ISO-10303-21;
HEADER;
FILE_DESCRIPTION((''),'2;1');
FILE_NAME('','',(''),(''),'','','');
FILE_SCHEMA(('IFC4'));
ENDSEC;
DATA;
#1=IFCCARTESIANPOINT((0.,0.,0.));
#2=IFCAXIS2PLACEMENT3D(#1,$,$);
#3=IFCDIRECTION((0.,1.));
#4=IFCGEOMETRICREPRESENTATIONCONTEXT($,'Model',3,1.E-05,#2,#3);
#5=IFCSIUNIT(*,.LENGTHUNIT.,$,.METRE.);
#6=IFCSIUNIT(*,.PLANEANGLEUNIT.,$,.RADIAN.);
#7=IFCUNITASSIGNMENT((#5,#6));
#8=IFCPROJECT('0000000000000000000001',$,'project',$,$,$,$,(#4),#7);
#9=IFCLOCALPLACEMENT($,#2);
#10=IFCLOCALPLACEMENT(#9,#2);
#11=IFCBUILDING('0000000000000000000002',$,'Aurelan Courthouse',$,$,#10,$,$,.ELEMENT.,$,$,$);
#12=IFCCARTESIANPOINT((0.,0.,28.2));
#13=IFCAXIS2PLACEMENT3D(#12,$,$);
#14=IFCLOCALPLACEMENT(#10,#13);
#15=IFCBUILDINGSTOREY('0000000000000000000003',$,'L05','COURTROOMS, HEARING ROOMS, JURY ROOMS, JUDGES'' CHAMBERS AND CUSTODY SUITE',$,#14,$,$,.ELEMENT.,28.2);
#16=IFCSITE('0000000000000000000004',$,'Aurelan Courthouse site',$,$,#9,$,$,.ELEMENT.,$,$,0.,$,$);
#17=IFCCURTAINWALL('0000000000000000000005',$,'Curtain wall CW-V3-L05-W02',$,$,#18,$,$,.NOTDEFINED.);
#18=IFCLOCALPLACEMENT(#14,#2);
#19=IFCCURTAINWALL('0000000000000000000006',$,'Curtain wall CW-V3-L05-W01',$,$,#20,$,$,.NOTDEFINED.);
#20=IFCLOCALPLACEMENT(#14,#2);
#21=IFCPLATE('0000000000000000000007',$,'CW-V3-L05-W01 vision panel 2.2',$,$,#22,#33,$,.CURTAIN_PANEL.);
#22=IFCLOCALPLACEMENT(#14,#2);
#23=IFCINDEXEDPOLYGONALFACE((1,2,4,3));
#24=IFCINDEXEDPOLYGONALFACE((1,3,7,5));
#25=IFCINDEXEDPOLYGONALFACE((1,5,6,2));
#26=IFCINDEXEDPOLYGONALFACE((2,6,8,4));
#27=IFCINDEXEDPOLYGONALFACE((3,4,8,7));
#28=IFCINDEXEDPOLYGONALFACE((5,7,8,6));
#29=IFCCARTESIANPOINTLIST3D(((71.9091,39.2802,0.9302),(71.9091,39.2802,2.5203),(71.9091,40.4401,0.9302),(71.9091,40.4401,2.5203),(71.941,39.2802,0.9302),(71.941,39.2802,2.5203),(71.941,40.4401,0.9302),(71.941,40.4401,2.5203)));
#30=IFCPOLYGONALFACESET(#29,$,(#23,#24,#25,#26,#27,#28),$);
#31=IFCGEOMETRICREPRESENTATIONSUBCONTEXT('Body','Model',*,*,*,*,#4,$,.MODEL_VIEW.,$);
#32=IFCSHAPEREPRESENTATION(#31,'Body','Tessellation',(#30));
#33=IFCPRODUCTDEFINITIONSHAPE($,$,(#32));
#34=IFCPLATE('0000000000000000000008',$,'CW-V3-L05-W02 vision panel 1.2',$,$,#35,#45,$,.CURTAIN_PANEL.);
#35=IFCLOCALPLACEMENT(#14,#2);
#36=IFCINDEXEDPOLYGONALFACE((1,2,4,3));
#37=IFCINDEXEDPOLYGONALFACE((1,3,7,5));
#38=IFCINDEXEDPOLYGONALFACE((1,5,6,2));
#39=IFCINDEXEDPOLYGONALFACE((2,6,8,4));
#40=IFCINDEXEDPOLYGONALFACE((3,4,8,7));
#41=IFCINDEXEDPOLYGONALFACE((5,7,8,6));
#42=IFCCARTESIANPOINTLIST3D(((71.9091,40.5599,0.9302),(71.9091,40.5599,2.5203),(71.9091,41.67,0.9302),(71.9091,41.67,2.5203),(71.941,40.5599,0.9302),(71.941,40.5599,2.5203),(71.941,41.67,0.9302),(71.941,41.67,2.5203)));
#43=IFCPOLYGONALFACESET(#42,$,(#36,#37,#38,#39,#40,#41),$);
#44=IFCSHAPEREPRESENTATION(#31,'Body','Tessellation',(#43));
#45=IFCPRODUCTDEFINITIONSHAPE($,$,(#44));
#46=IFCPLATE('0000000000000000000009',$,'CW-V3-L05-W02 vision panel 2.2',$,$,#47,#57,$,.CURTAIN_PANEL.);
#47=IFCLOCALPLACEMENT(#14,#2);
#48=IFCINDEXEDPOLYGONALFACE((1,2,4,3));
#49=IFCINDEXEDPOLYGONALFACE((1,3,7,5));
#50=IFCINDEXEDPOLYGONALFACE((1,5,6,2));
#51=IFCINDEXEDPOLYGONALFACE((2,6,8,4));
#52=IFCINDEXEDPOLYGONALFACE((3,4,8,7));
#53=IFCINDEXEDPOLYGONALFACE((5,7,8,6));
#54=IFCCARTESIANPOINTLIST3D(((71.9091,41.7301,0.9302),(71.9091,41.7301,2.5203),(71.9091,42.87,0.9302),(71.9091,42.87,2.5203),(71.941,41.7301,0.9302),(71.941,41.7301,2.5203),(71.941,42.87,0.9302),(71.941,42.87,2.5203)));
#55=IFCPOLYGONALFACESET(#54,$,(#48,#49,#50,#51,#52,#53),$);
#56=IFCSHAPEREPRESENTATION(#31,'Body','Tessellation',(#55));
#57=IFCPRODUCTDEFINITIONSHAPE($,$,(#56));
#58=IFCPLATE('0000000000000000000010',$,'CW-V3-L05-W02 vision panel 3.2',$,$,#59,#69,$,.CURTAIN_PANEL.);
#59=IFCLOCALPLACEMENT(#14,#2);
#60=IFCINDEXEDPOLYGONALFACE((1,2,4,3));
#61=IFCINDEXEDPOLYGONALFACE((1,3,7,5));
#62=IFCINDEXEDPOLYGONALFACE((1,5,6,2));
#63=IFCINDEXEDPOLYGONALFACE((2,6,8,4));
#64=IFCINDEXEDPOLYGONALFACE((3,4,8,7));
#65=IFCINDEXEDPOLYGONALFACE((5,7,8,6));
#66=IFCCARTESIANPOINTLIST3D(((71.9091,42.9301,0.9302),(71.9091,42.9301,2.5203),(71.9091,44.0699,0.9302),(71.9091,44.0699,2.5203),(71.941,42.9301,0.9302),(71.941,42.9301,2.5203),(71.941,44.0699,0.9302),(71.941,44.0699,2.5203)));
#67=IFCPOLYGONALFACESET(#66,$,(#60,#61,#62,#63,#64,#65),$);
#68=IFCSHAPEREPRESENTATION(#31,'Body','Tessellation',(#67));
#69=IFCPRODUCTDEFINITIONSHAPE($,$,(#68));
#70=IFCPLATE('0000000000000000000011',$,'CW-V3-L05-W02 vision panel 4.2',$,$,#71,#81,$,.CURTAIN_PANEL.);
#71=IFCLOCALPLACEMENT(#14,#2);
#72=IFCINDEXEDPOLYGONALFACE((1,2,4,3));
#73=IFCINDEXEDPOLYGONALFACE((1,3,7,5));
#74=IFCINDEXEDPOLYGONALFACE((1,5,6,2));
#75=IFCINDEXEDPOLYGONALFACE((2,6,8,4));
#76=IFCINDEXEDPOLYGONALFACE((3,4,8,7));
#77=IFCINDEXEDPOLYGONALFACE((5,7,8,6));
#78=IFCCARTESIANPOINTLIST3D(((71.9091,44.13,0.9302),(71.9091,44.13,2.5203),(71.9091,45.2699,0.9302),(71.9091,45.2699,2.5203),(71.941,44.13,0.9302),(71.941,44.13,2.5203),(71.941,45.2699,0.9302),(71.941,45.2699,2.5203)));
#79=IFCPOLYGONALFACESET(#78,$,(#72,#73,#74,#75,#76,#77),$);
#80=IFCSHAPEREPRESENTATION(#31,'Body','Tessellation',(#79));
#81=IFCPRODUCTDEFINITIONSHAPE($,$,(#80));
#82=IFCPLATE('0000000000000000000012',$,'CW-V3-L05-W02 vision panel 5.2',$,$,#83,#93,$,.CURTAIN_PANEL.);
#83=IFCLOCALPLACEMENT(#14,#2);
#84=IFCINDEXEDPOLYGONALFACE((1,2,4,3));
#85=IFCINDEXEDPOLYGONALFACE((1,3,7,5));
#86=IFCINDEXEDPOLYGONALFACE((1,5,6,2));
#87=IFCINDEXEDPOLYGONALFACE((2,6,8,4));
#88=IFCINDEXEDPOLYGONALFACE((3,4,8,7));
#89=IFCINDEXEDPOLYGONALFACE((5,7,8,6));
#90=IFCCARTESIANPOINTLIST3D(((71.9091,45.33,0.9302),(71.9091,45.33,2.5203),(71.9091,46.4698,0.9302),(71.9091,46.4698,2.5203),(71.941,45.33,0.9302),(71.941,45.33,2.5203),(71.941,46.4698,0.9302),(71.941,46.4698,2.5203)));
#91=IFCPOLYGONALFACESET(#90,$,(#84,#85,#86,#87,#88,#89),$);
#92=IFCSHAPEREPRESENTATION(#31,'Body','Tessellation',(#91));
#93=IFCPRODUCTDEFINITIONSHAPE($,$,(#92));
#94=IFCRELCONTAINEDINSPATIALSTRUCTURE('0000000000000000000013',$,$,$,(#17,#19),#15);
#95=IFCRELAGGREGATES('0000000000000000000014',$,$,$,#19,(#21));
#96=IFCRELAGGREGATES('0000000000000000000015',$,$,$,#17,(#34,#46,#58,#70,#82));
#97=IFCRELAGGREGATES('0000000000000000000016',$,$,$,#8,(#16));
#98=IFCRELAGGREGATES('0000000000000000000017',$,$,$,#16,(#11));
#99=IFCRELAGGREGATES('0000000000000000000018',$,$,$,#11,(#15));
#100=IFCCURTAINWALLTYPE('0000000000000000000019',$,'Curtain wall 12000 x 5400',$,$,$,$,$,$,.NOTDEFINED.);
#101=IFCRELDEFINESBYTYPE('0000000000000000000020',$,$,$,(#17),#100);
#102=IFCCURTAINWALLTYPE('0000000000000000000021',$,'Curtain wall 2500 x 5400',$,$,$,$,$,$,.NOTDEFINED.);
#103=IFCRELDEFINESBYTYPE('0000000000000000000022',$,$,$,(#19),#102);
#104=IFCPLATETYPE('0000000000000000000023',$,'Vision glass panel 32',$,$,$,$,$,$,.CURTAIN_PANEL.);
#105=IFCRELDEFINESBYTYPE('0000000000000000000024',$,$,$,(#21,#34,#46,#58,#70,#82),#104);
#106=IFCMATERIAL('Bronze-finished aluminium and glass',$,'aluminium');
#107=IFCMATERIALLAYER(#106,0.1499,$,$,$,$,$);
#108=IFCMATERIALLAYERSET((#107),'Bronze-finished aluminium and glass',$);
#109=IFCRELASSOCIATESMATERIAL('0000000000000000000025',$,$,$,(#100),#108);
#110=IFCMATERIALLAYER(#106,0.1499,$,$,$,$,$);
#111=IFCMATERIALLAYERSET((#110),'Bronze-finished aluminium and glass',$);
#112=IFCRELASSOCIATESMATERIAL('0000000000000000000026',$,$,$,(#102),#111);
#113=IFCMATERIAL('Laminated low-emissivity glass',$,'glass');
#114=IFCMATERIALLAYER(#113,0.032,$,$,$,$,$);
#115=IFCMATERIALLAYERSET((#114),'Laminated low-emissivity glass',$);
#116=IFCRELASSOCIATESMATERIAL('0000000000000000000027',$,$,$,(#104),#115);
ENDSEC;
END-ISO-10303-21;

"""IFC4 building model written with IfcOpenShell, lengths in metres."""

from ifc_helpers import new_model, si_unit, direction, frame, origin, origin_2d, place, context, subcontext, project, spatial, rectangle, extrude, material, layer, layer_set, type_object, element, aggregate, save


model = new_model("IFC4")

# Units and contexts
model_context = context("Model", 3, precision=1e-05, world=origin(), true_north=direction((0.0, 1.0)))
body_context = subcontext(model_context, "Body", "Model", "MODEL_VIEW")
ifc_project = project(units=[si_unit("LENGTHUNIT", "METRE"), si_unit("PLANEANGLEUNIT", "RADIAN")], contexts=[model_context])

# Site, building, storey
site_placement = place(None, origin())
site = spatial("IfcSite", under=ifc_project, at=site_placement, Name="Aurelan Courthouse site", CompositionType="ELEMENT", RefElevation=0.0)
building_placement = place(site_placement, origin())
building = spatial("IfcBuilding", under=site, at=building_placement, Name="Aurelan Courthouse", CompositionType="ELEMENT")
storey_placement = place(building_placement, frame((0.0, 0.0, 28.2)))
storey = spatial("IfcBuildingStorey", under=building, at=storey_placement, Name="L05", Description="COURTROOMS, HEARING ROOMS, JURY ROOMS, JUDGES' CHAMBERS AND CUSTODY SUITE", CompositionType="ELEMENT", Elevation=28.2)

# Curtain wall
ifc_material_1 = material(Name="Bronze-finished aluminium and glass", Category="aluminium")
ifc_layer_1 = layer(ifc_material_1, 0.1499)
ifc_layer_set_1 = layer_set([ifc_layer_1], Name="Bronze-finished aluminium and glass")
curtain_wall_type_1 = type_object("IfcCurtainWallType", Name="Curtain wall 12000 x 5400", PredefinedType="NOTDEFINED", material=ifc_layer_set_1)
curtain_wall_1_placement = place(storey_placement, origin())
curtain_wall_1 = element("IfcCurtainWall", 1, at=curtain_wall_1_placement, inside=storey, type_object=curtain_wall_type_1, Name="Curtain wall CW-V3-L05-W02", PredefinedType="NOTDEFINED")

# Curtain wall, plate
ifc_layer_2 = layer(ifc_material_1, 0.1499)
ifc_layer_set_2 = layer_set([ifc_layer_2], Name="Bronze-finished aluminium and glass")
curtain_wall_type_2 = type_object("IfcCurtainWallType", Name="Curtain wall 2500 x 5400", PredefinedType="NOTDEFINED", material=ifc_layer_set_2)
curtain_wall_2_placement = place(storey_placement, origin())
curtain_wall_2 = element("IfcCurtainWall", 2, at=curtain_wall_2_placement, inside=storey, type_object=curtain_wall_type_2, Name="Curtain wall CW-V3-L05-W01", PredefinedType="NOTDEFINED")
ifc_material_2 = material(Name="Laminated low-emissivity glass", Category="glass")
ifc_layer_3 = layer(ifc_material_2, 0.032)
ifc_layer_set_3 = layer_set([ifc_layer_3], Name="Laminated low-emissivity glass")
plate_type_1 = type_object("IfcPlateType", Name="Vision glass panel 32", PredefinedType="CURTAIN_PANEL", material=ifc_layer_set_3)
plate_1_placement = place(storey_placement, frame((71.925, 39.8601, 0.9302), z_axis=(0.0, 0.0, 1.0), x_axis=(0.0, 1.0, 0.0)))
plate_1 = element("IfcPlate", 3, at=plate_1_placement, type_object=plate_type_1, Name="CW-V3-L05-W01 vision panel 2.2", PredefinedType="CURTAIN_PANEL", context=body_context, shape_type="SweptSolid", body=[
    extrude(rectangle(XDim=1.1599, YDim=0.032, at=origin_2d()), origin(), (0.0, 0.0, 1.0), 1.5901),
])
aggregate(curtain_wall_2, [plate_1])

# Plates
plate_2_placement = place(storey_placement, frame((71.925, 41.115, 0.9302), z_axis=(0.0, 0.0, 1.0), x_axis=(0.0, 1.0, 0.0)))
plate_2 = element("IfcPlate", 4, at=plate_2_placement, type_object=plate_type_1, Name="CW-V3-L05-W02 vision panel 1.2", PredefinedType="CURTAIN_PANEL", context=body_context, shape_type="SweptSolid", body=[
    extrude(rectangle(XDim=1.1101, YDim=0.032, at=origin_2d()), origin(), (0.0, 0.0, 1.0), 1.5901),
])
plate_3_placement = place(storey_placement, frame((71.925, 42.3, 0.9302), z_axis=(0.0, 0.0, 1.0), x_axis=(0.0, 1.0, 0.0)))
plate_3 = element("IfcPlate", 5, at=plate_3_placement, type_object=plate_type_1, Name="CW-V3-L05-W02 vision panel 2.2", PredefinedType="CURTAIN_PANEL", context=body_context, shape_type="SweptSolid", body=[
    extrude(rectangle(XDim=1.1399, YDim=0.032, at=origin_2d()), origin(), (0.0, 0.0, 1.0), 1.5901),
])
plate_4_placement = place(storey_placement, frame((71.925, 43.5, 0.9302), z_axis=(0.0, 0.0, 1.0), x_axis=(0.0, 1.0, 0.0)))
plate_4 = element("IfcPlate", 6, at=plate_4_placement, type_object=plate_type_1, Name="CW-V3-L05-W02 vision panel 3.2", PredefinedType="CURTAIN_PANEL", context=body_context, shape_type="SweptSolid", body=[
    extrude(rectangle(XDim=1.1399, YDim=0.032, at=origin_2d()), origin(), (0.0, 0.0, 1.0), 1.5901),
])
plate_5_placement = place(storey_placement, frame((71.925, 44.7, 0.9302), z_axis=(0.0, 0.0, 1.0), x_axis=(0.0, 1.0, 0.0)))
plate_5 = element("IfcPlate", 7, at=plate_5_placement, type_object=plate_type_1, Name="CW-V3-L05-W02 vision panel 4.2", PredefinedType="CURTAIN_PANEL", context=body_context, shape_type="SweptSolid", body=[
    extrude(rectangle(XDim=1.1399, YDim=0.032, at=origin_2d()), origin(), (0.0, 0.0, 1.0), 1.5901),
])
plate_6_placement = place(storey_placement, frame((71.925, 45.8999, 0.9302), z_axis=(0.0, 0.0, 1.0), x_axis=(0.0, 1.0, 0.0)))
plate_6 = element("IfcPlate", 8, at=plate_6_placement, type_object=plate_type_1, Name="CW-V3-L05-W02 vision panel 5.2", PredefinedType="CURTAIN_PANEL", context=body_context, shape_type="SweptSolid", body=[
    extrude(rectangle(XDim=1.1399, YDim=0.032, at=origin_2d()), origin(), (0.0, 0.0, 1.0), 1.5901),
])
aggregate(curtain_wall_1, [plate_2, plate_3, plate_4, plate_5, plate_6])

save(model, "model.ifc")
